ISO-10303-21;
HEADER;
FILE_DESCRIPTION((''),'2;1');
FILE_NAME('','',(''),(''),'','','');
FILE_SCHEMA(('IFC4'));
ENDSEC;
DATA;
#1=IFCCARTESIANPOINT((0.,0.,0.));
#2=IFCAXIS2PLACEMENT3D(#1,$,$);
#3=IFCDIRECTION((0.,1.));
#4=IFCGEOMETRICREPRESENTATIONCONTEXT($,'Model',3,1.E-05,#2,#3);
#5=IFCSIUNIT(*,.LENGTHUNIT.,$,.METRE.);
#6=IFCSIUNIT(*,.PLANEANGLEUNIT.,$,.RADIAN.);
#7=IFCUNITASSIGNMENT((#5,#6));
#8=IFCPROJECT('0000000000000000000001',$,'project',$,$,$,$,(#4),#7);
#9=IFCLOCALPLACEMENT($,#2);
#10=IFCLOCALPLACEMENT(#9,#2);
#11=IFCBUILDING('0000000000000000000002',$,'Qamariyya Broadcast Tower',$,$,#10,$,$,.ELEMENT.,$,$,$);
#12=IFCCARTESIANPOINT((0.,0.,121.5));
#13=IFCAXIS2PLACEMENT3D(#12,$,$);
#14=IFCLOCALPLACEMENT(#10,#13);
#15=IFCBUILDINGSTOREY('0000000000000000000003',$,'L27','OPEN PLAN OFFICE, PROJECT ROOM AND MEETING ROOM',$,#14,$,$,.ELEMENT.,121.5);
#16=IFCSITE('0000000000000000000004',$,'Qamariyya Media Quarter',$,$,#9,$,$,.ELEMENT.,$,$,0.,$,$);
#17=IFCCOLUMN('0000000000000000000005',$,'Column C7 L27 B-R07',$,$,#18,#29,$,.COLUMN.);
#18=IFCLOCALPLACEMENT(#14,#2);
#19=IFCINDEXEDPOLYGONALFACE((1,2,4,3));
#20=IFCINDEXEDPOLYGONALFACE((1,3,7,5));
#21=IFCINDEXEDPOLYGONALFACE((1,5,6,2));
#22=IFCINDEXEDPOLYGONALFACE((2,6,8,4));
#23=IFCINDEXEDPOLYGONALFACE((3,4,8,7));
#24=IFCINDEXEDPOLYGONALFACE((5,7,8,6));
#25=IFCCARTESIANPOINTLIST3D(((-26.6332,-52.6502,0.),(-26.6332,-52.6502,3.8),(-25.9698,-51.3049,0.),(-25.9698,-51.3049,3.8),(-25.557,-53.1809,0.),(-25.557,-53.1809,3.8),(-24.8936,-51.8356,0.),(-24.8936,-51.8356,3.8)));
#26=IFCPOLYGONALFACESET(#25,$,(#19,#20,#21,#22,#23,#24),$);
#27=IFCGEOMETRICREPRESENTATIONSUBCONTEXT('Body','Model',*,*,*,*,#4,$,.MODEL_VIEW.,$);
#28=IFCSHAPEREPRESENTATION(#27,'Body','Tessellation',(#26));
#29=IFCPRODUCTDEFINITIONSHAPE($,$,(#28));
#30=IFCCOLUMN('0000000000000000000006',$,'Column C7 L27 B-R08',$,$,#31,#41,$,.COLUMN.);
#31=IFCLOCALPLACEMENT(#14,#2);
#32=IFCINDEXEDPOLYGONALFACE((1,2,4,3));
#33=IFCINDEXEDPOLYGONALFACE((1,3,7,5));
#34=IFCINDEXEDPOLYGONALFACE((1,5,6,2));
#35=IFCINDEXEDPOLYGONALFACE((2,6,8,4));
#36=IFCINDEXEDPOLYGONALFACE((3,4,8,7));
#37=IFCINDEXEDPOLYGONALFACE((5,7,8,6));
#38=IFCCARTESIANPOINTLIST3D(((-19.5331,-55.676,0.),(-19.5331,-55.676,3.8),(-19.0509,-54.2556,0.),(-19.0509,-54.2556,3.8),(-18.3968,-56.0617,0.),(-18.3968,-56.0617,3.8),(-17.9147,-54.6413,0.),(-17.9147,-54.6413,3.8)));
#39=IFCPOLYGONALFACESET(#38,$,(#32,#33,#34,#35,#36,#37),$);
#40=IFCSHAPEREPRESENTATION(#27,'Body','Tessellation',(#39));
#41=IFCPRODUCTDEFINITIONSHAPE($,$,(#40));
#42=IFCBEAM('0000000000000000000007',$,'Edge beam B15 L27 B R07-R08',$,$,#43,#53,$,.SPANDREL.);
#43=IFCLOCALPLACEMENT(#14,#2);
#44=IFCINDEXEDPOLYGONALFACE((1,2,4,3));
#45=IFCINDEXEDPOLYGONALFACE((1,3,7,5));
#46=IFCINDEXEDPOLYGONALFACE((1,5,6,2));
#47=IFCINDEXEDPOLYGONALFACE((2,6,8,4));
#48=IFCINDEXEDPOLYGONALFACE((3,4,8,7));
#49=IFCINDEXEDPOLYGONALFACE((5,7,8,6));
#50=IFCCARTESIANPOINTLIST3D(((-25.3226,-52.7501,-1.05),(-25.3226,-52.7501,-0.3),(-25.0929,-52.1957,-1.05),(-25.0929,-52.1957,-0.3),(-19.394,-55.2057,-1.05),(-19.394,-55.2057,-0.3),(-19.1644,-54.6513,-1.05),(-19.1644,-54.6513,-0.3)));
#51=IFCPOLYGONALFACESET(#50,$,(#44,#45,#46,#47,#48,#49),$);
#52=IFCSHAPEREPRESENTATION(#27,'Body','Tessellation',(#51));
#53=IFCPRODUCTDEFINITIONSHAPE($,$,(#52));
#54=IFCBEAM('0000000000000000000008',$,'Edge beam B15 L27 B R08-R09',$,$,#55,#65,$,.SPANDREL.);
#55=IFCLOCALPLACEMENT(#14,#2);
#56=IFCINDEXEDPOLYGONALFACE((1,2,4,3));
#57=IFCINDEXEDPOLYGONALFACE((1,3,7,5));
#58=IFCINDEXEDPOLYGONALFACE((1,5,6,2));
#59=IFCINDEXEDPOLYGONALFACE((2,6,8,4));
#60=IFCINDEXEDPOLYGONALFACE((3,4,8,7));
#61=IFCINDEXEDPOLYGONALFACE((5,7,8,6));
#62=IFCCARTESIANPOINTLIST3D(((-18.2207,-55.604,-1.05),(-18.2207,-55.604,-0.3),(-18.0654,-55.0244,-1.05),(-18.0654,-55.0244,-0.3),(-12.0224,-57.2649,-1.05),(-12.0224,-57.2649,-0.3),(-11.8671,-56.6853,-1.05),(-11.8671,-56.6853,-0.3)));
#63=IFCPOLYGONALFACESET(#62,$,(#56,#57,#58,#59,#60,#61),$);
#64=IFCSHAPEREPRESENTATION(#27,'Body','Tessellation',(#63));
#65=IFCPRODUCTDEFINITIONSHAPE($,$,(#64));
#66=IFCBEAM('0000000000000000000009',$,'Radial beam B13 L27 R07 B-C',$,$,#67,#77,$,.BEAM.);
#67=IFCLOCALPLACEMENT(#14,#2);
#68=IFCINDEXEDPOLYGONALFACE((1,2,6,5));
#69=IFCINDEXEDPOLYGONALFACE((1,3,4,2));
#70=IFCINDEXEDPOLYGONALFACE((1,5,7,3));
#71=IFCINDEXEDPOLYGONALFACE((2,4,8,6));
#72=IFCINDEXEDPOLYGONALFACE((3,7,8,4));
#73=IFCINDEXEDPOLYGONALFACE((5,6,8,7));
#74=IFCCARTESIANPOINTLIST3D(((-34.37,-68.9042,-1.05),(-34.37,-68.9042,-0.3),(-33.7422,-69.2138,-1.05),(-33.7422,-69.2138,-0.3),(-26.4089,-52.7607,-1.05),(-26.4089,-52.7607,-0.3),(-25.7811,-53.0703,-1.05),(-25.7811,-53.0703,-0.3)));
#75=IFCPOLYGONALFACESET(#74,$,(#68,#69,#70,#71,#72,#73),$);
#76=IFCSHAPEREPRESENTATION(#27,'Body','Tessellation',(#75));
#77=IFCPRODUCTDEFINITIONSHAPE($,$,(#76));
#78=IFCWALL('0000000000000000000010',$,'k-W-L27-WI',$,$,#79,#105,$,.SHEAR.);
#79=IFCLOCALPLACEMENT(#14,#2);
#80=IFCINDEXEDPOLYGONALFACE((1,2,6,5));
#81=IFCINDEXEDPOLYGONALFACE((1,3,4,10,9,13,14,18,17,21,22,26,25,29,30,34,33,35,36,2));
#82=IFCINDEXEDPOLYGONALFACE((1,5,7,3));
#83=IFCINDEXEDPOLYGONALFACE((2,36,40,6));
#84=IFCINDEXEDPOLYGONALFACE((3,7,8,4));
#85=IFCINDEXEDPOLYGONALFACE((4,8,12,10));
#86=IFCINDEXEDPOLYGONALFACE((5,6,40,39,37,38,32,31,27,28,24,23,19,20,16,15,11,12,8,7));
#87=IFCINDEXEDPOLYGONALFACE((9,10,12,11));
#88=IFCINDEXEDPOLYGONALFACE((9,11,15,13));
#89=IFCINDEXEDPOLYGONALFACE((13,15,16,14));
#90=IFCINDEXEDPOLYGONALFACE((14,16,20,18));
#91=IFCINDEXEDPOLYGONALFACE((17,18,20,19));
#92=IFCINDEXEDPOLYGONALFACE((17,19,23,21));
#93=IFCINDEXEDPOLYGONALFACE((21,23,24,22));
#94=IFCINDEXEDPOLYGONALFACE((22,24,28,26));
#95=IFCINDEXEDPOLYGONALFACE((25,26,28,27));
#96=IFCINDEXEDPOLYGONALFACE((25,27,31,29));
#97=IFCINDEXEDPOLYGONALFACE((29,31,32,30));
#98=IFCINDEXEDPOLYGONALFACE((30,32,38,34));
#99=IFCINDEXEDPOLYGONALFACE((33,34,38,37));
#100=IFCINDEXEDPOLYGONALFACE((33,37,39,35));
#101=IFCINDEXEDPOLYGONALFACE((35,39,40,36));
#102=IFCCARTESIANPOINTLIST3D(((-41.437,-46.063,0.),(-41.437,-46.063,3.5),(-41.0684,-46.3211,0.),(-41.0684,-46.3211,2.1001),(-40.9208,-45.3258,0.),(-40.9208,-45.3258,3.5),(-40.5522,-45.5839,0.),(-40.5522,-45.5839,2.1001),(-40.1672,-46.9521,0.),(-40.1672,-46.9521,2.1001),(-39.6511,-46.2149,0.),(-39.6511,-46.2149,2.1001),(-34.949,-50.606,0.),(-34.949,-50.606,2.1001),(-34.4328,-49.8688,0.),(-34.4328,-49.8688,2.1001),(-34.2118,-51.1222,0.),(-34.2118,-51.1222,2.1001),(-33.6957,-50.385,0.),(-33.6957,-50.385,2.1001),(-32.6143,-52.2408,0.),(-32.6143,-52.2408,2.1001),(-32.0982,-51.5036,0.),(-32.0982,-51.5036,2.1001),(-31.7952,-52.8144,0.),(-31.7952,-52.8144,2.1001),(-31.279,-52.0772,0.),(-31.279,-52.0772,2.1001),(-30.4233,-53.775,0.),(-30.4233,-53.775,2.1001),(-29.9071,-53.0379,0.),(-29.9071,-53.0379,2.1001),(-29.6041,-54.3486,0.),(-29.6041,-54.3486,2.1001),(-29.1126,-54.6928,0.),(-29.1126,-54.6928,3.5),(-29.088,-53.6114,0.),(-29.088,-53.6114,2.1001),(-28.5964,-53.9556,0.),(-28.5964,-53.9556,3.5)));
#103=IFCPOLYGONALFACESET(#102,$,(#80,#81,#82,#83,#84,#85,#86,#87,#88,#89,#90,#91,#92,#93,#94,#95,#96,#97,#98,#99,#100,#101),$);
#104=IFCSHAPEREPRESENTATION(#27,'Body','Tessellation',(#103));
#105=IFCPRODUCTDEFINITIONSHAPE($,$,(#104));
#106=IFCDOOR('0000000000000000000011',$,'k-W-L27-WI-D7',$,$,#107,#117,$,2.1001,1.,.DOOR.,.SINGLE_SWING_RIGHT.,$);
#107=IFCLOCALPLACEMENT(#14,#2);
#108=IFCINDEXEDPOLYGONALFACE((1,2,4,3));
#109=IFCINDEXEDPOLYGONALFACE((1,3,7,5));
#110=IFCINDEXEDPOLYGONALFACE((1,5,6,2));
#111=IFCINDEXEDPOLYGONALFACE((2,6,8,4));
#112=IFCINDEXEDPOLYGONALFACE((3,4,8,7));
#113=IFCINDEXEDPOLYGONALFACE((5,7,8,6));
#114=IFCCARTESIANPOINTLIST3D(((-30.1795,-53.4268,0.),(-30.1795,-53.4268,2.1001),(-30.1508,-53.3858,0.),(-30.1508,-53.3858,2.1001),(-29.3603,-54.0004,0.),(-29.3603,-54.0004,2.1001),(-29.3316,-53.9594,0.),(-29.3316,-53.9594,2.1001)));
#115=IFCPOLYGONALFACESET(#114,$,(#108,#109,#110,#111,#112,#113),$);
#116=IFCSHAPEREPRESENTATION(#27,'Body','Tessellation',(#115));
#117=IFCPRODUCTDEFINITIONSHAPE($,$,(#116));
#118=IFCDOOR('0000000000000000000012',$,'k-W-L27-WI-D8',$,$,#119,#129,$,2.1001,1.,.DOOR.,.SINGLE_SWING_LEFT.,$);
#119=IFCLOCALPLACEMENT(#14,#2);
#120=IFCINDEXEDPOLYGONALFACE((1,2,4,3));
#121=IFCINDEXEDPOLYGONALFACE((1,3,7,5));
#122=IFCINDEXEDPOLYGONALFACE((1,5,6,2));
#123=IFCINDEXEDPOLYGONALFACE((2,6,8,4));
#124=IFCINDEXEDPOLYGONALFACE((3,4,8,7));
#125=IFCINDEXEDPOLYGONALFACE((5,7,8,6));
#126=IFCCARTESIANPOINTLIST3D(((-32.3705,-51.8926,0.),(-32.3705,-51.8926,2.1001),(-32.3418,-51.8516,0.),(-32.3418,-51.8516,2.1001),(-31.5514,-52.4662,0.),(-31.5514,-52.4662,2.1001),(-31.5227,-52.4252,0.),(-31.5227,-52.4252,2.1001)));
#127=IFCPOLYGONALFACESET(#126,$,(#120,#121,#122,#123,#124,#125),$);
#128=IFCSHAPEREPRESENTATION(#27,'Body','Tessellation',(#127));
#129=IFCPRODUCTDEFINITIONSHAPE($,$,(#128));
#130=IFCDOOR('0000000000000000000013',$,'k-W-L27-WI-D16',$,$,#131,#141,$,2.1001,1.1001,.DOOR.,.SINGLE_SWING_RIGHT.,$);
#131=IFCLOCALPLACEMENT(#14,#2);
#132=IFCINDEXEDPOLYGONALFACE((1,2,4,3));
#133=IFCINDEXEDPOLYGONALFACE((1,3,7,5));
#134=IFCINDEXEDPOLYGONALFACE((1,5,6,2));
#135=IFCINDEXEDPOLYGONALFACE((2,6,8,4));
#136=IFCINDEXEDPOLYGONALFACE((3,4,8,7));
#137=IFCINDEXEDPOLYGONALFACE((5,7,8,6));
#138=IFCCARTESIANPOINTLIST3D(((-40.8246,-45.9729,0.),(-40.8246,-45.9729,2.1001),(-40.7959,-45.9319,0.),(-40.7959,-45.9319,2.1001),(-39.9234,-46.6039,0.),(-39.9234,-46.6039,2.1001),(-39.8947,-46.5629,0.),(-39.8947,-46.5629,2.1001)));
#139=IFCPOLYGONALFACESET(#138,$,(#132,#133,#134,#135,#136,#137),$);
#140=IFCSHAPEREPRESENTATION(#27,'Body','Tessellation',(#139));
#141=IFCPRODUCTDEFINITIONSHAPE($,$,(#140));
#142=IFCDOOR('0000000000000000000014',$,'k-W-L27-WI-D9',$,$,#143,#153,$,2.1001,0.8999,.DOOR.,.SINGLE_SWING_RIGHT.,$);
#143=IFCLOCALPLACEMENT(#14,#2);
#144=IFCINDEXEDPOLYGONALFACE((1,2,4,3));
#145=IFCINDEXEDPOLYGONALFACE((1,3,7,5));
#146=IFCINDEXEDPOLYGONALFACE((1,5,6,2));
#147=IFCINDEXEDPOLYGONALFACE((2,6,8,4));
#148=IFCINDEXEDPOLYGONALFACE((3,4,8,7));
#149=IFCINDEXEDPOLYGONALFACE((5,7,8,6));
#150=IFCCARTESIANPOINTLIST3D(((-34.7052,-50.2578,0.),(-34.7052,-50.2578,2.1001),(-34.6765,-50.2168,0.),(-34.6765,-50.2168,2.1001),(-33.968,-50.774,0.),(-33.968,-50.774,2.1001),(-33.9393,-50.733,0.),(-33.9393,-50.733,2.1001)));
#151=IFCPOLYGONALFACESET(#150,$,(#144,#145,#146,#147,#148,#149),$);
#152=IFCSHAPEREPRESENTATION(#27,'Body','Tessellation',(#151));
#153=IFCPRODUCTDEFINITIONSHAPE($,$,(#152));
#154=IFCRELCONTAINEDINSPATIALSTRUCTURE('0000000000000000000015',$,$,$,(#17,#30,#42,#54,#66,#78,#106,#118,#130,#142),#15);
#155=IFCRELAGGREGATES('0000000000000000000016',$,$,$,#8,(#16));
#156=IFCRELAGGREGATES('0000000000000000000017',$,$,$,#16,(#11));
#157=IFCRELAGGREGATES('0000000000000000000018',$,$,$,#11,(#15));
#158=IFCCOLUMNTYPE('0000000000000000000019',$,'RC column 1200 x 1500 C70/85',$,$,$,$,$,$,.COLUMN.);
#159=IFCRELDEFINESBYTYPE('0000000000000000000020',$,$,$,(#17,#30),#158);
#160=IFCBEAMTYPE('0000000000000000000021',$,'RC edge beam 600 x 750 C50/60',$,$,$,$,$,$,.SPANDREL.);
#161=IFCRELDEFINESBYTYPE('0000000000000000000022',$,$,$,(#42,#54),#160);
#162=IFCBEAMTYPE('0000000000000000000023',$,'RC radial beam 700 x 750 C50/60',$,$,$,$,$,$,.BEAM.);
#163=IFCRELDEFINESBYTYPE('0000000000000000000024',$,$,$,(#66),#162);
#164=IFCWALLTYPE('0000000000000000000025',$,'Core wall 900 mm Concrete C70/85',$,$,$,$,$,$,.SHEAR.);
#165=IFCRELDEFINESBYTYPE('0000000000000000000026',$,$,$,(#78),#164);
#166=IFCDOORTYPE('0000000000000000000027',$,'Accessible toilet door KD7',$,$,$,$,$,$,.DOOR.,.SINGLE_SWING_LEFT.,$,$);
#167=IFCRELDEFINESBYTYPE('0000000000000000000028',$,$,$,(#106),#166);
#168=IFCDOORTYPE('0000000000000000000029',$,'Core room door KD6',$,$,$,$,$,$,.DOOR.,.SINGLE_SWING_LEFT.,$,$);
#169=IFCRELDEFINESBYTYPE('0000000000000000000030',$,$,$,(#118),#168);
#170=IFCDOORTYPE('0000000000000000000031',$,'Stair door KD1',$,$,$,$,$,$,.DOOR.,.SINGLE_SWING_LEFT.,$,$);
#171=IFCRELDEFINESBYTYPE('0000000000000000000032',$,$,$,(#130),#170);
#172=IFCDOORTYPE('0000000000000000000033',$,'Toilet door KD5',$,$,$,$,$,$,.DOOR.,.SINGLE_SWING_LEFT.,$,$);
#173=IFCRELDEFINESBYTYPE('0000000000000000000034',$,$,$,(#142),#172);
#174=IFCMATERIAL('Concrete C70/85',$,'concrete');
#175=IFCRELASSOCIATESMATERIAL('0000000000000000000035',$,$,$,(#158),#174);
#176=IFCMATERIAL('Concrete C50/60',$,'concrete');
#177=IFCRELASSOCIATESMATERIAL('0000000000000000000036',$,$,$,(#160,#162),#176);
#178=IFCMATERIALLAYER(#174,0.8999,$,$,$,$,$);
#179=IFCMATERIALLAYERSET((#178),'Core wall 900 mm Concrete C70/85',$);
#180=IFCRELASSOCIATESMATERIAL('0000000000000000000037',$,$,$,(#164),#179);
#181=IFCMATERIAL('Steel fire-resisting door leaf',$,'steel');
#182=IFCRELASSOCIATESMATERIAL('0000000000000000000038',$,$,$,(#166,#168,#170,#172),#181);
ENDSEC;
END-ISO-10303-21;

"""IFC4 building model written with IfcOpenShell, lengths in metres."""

from ifc_helpers import new_model, si_unit, direction, frame, frame_2d, origin, origin_2d, place, context, subcontext, project, spatial, rectangle, extrude, material, layer, layer_set, material_profile, profile_set, type_object, element, fill, save


model = new_model("IFC4")

# Units and contexts
model_context = context("Model", 3, precision=1e-05, world=origin(), true_north=direction((0.0, 1.0)))
body_context = subcontext(model_context, "Body", "Model", "MODEL_VIEW")
ifc_project = project(units=[si_unit("LENGTHUNIT", "METRE"), si_unit("PLANEANGLEUNIT", "RADIAN")], contexts=[model_context])

# Site, building, storey
site_placement = place(None, origin())
site = spatial("IfcSite", under=ifc_project, at=site_placement, Name="Qamariyya Media Quarter", CompositionType="ELEMENT", RefElevation=0.0)
building_placement = place(site_placement, origin())
building = spatial("IfcBuilding", under=site, at=building_placement, Name="Qamariyya Broadcast Tower", CompositionType="ELEMENT")
storey_placement = place(building_placement, frame((0.0, 0.0, 121.5)))
storey = spatial("IfcBuildingStorey", under=building, at=storey_placement, Name="L27", Description="OPEN PLAN OFFICE, PROJECT ROOM AND MEETING ROOM", CompositionType="ELEMENT", Elevation=121.5)

# Columns
ifc_material_1 = material(Name="Concrete C70/85", Category="concrete")
ifc_material_profile_1 = material_profile(ifc_material_1, rectangle(XDim=1.2, YDim=1.5, at=origin_2d()))
ifc_profile_set_1 = profile_set([ifc_material_profile_1], Name="Concrete C70/85")
column_type = type_object("IfcColumnType", Name="RC column 1200 x 1500 C70/85", PredefinedType="COLUMN", material=ifc_profile_set_1)
for number, where, z_axis, x_axis, name in (
    (1, (-25.7634, -52.2429, 0.0), (0.0, 0.0, 1.0), (0.896873, -0.442289, 0.0), "Column C7 L27 B-R07"),
    (2, (-18.7239, -55.1587, 0.0), (0.0, 0.0, 1.0), (0.94693, -0.321439, 0.0), "Column C7 L27 B-R08"),
):
    element("IfcColumn", number, at=place(storey_placement, frame(where, z_axis=z_axis, x_axis=x_axis)), inside=storey, type_object=column_type, Name=name, PredefinedType="COLUMN", context=body_context, shape_type="SweptSolid", body=[
        extrude(rectangle(XDim=1.2, YDim=1.5, at=origin_2d()), origin(), (0.0, 0.0, 1.0), 3.8),
    ])

# Beams
ifc_material_2 = material(Name="Concrete C50/60", Category="concrete")
ifc_material_profile_2 = material_profile(ifc_material_2, rectangle(XDim=0.6001, YDim=0.75, at=origin_2d()))
ifc_profile_set_2 = profile_set([ifc_material_profile_2], Name="Concrete C50/60")
beam_type_1 = type_object("IfcBeamType", Name="RC edge beam 600 x 750 C50/60", PredefinedType="SPANDREL", material=ifc_profile_set_2)
for number, where, z_axis, x_axis, name in (
    (3, (-25.2078, -52.4729, -0.675), (0.923884, -0.382672, 0.0), (0.382672, 0.923884, 0.0), "Edge beam B15 L27 B R07-R08"),
    (4, (-18.1431, -55.3142, -0.675), (0.965923, -0.25883, 0.0), (0.25883, 0.965923, 0.0), "Edge beam B15 L27 B R08-R09"),
):
    element("IfcBeam", number, at=place(storey_placement, frame(where, z_axis=z_axis, x_axis=x_axis)), inside=storey, type_object=beam_type_1, Name=name, PredefinedType="SPANDREL", context=body_context, shape_type="SweptSolid", body=[
        extrude(rectangle(XDim=0.6001, YDim=0.75, at=origin_2d()), origin(), (0.0, 0.0, 1.0), 6.417),
    ])
ifc_material_profile_3 = material_profile(ifc_material_2, rectangle(XDim=0.7, YDim=0.75, at=origin_2d()))
ifc_profile_set_3 = profile_set([ifc_material_profile_3], Name="Concrete C50/60")
beam_type_2 = type_object("IfcBeamType", Name="RC radial beam 700 x 750 C50/60", PredefinedType="BEAM", material=ifc_profile_set_3)
beam_placement = place(storey_placement, frame((-26.095, -52.9155, -0.675), z_axis=(-0.442291, -0.896871, 0.0), x_axis=(0.896871, -0.442291, 0.0)))
element("IfcBeam", 5, at=beam_placement, inside=storey, type_object=beam_type_2, Name="Radial beam B13 L27 R07 B-C", PredefinedType="BEAM", context=body_context, shape_type="SweptSolid", body=[
    extrude(rectangle(XDim=0.7, YDim=0.75, at=origin_2d()), origin(), (0.0, 0.0, 1.0), 17.9998),
])

# Wall, openings, doors
ifc_layer_1 = layer(ifc_material_1, 0.8999)
ifc_layer_set_1 = layer_set([ifc_layer_1], Name="Core wall 900 mm Concrete C70/85")
wall_type_1 = type_object("IfcWallType", Name="Core wall 900 mm Concrete C70/85", PredefinedType="SHEAR", material=ifc_layer_set_1)
wall_1_placement = place(storey_placement, frame((-28.8545, -54.3242, 0.0), z_axis=(0.0, 0.0, 1.0), x_axis=(-0.819146, 0.573585, 0.0)))
wall_1 = element("IfcWall", 6, at=wall_1_placement, inside=storey, type_object=wall_type_1, Name="k-W-L27-WI", PredefinedType="SHEAR", context=body_context, shape_type="SweptSolid", body=[
    extrude(rectangle(XDim=15.0454, YDim=0.8999, at=frame_2d((7.5227, 0.0))), origin(), (0.0, 0.0, 1.0), 3.5),
])
opening_1_placement = place(wall_1_placement, frame((0.6001, 0.0, 0.0)))
opening_1 = element("IfcOpeningElement", 7, at=opening_1_placement, cuts=wall_1, PredefinedType="OPENING", context=body_context, shape_type="SweptSolid", body=[
    extrude(rectangle(XDim=1.0, YDim=2.1001, at=frame_2d((0.5, 1.05))), frame((0.0, 0.46, 0.0), z_axis=(0.0, -1.0, 0.0), x_axis=(1.0, 0.0, 0.0)), (0.0, 0.0, 1.0), 0.9199),
])
opening_2_placement = place(wall_1_placement, frame((3.2749, 0.0, 0.0)))
opening_2 = element("IfcOpeningElement", 8, at=opening_2_placement, cuts=wall_1, PredefinedType="OPENING", context=body_context, shape_type="SweptSolid", body=[
    extrude(rectangle(XDim=1.0, YDim=2.1001, at=frame_2d((0.5, 1.05))), frame((0.0, 0.46, 0.0), z_axis=(0.0, -1.0, 0.0), x_axis=(1.0, 0.0, 0.0)), (0.0, 0.0, 1.0), 0.9199),
])
opening_3_placement = place(wall_1_placement, frame((6.2251, 0.0, 0.0)))
opening_3 = element("IfcOpeningElement", 9, at=opening_3_placement, cuts=wall_1, PredefinedType="OPENING", context=body_context, shape_type="SweptSolid", body=[
    extrude(rectangle(XDim=0.8999, YDim=2.1001, at=frame_2d((0.45, 1.05))), frame((0.0, 0.46, 0.0), z_axis=(0.0, -1.0, 0.0), x_axis=(1.0, 0.0, 0.0)), (0.0, 0.0, 1.0), 0.9199),
])
opening_4_placement = place(wall_1_placement, frame((13.4954, 0.0, 0.0)))
opening_4 = element("IfcOpeningElement", 10, at=opening_4_placement, cuts=wall_1, PredefinedType="OPENING", context=body_context, shape_type="SweptSolid", body=[
    extrude(rectangle(XDim=1.1001, YDim=2.1001, at=frame_2d((0.55, 1.05))), frame((0.0, 0.46, 0.0), z_axis=(0.0, -1.0, 0.0), x_axis=(1.0, 0.0, 0.0)), (0.0, 0.0, 1.0), 0.9199),
])
ifc_material_3 = material(Name="Steel fire-resisting door leaf", Category="steel")
door_type_1 = type_object("IfcDoorType", Name="Accessible toilet door KD7", OperationType="SINGLE_SWING_LEFT", PredefinedType="DOOR", material=ifc_material_3)
door_1_placement = place(opening_1_placement, origin())
door_1 = element("IfcDoor", 11, at=door_1_placement, inside=storey, type_object=door_type_1, Name="k-W-L27-WI-D7", OperationType="SINGLE_SWING_RIGHT", OverallHeight=2.1001, OverallWidth=1.0, PredefinedType="DOOR", context=body_context, shape_type="SweptSolid", body=[
    extrude(rectangle(XDim=1.0, YDim=2.1001, at=frame_2d((0.5, 1.05))), frame((0.0, 0.0249, 0.0), z_axis=(0.0, -1.0, 0.0), x_axis=(1.0, 0.0, 0.0)), (0.0, 0.0, 1.0), 0.05),
])
fill(opening_1, door_1)
door_type_2 = type_object("IfcDoorType", Name="Core room door KD6", OperationType="SINGLE_SWING_LEFT", PredefinedType="DOOR", material=ifc_material_3)
door_2_placement = place(opening_2_placement, origin())
door_2 = element("IfcDoor", 12, at=door_2_placement, inside=storey, type_object=door_type_2, Name="k-W-L27-WI-D8", OperationType="SINGLE_SWING_LEFT", OverallHeight=2.1001, OverallWidth=1.0, PredefinedType="DOOR", context=body_context, shape_type="SweptSolid", body=[
    extrude(rectangle(XDim=1.0, YDim=2.1001, at=frame_2d((0.5, 1.05))), frame((0.0, 0.0249, 0.0), z_axis=(0.0, -1.0, 0.0), x_axis=(1.0, 0.0, 0.0)), (0.0, 0.0, 1.0), 0.05),
])
fill(opening_2, door_2)
door_type_3 = type_object("IfcDoorType", Name="Stair door KD1", OperationType="SINGLE_SWING_LEFT", PredefinedType="DOOR", material=ifc_material_3)
door_3_placement = place(opening_4_placement, origin())
door_3 = element("IfcDoor", 13, at=door_3_placement, inside=storey, type_object=door_type_3, Name="k-W-L27-WI-D16", OperationType="SINGLE_SWING_RIGHT", OverallHeight=2.1001, OverallWidth=1.1001, PredefinedType="DOOR", context=body_context, shape_type="SweptSolid", body=[
    extrude(rectangle(XDim=1.1001, YDim=2.1001, at=frame_2d((0.55, 1.05))), frame((0.0, 0.0249, 0.0), z_axis=(0.0, -1.0, 0.0), x_axis=(1.0, 0.0, 0.0)), (0.0, 0.0, 1.0), 0.05),
])
fill(opening_4, door_3)
door_type_4 = type_object("IfcDoorType", Name="Toilet door KD5", OperationType="SINGLE_SWING_LEFT", PredefinedType="DOOR", material=ifc_material_3)
door_4_placement = place(opening_3_placement, origin())
door_4 = element("IfcDoor", 14, at=door_4_placement, inside=storey, type_object=door_type_4, Name="k-W-L27-WI-D9", OperationType="SINGLE_SWING_RIGHT", OverallHeight=2.1001, OverallWidth=0.8999, PredefinedType="DOOR", context=body_context, shape_type="SweptSolid", body=[
    extrude(rectangle(XDim=0.8999, YDim=2.1001, at=frame_2d((0.45, 1.05))), frame((0.0, 0.0249, 0.0), z_axis=(0.0, -1.0, 0.0), x_axis=(1.0, 0.0, 0.0)), (0.0, 0.0, 1.0), 0.05),
])
fill(opening_3, door_4)

save(model, "model.ifc")
